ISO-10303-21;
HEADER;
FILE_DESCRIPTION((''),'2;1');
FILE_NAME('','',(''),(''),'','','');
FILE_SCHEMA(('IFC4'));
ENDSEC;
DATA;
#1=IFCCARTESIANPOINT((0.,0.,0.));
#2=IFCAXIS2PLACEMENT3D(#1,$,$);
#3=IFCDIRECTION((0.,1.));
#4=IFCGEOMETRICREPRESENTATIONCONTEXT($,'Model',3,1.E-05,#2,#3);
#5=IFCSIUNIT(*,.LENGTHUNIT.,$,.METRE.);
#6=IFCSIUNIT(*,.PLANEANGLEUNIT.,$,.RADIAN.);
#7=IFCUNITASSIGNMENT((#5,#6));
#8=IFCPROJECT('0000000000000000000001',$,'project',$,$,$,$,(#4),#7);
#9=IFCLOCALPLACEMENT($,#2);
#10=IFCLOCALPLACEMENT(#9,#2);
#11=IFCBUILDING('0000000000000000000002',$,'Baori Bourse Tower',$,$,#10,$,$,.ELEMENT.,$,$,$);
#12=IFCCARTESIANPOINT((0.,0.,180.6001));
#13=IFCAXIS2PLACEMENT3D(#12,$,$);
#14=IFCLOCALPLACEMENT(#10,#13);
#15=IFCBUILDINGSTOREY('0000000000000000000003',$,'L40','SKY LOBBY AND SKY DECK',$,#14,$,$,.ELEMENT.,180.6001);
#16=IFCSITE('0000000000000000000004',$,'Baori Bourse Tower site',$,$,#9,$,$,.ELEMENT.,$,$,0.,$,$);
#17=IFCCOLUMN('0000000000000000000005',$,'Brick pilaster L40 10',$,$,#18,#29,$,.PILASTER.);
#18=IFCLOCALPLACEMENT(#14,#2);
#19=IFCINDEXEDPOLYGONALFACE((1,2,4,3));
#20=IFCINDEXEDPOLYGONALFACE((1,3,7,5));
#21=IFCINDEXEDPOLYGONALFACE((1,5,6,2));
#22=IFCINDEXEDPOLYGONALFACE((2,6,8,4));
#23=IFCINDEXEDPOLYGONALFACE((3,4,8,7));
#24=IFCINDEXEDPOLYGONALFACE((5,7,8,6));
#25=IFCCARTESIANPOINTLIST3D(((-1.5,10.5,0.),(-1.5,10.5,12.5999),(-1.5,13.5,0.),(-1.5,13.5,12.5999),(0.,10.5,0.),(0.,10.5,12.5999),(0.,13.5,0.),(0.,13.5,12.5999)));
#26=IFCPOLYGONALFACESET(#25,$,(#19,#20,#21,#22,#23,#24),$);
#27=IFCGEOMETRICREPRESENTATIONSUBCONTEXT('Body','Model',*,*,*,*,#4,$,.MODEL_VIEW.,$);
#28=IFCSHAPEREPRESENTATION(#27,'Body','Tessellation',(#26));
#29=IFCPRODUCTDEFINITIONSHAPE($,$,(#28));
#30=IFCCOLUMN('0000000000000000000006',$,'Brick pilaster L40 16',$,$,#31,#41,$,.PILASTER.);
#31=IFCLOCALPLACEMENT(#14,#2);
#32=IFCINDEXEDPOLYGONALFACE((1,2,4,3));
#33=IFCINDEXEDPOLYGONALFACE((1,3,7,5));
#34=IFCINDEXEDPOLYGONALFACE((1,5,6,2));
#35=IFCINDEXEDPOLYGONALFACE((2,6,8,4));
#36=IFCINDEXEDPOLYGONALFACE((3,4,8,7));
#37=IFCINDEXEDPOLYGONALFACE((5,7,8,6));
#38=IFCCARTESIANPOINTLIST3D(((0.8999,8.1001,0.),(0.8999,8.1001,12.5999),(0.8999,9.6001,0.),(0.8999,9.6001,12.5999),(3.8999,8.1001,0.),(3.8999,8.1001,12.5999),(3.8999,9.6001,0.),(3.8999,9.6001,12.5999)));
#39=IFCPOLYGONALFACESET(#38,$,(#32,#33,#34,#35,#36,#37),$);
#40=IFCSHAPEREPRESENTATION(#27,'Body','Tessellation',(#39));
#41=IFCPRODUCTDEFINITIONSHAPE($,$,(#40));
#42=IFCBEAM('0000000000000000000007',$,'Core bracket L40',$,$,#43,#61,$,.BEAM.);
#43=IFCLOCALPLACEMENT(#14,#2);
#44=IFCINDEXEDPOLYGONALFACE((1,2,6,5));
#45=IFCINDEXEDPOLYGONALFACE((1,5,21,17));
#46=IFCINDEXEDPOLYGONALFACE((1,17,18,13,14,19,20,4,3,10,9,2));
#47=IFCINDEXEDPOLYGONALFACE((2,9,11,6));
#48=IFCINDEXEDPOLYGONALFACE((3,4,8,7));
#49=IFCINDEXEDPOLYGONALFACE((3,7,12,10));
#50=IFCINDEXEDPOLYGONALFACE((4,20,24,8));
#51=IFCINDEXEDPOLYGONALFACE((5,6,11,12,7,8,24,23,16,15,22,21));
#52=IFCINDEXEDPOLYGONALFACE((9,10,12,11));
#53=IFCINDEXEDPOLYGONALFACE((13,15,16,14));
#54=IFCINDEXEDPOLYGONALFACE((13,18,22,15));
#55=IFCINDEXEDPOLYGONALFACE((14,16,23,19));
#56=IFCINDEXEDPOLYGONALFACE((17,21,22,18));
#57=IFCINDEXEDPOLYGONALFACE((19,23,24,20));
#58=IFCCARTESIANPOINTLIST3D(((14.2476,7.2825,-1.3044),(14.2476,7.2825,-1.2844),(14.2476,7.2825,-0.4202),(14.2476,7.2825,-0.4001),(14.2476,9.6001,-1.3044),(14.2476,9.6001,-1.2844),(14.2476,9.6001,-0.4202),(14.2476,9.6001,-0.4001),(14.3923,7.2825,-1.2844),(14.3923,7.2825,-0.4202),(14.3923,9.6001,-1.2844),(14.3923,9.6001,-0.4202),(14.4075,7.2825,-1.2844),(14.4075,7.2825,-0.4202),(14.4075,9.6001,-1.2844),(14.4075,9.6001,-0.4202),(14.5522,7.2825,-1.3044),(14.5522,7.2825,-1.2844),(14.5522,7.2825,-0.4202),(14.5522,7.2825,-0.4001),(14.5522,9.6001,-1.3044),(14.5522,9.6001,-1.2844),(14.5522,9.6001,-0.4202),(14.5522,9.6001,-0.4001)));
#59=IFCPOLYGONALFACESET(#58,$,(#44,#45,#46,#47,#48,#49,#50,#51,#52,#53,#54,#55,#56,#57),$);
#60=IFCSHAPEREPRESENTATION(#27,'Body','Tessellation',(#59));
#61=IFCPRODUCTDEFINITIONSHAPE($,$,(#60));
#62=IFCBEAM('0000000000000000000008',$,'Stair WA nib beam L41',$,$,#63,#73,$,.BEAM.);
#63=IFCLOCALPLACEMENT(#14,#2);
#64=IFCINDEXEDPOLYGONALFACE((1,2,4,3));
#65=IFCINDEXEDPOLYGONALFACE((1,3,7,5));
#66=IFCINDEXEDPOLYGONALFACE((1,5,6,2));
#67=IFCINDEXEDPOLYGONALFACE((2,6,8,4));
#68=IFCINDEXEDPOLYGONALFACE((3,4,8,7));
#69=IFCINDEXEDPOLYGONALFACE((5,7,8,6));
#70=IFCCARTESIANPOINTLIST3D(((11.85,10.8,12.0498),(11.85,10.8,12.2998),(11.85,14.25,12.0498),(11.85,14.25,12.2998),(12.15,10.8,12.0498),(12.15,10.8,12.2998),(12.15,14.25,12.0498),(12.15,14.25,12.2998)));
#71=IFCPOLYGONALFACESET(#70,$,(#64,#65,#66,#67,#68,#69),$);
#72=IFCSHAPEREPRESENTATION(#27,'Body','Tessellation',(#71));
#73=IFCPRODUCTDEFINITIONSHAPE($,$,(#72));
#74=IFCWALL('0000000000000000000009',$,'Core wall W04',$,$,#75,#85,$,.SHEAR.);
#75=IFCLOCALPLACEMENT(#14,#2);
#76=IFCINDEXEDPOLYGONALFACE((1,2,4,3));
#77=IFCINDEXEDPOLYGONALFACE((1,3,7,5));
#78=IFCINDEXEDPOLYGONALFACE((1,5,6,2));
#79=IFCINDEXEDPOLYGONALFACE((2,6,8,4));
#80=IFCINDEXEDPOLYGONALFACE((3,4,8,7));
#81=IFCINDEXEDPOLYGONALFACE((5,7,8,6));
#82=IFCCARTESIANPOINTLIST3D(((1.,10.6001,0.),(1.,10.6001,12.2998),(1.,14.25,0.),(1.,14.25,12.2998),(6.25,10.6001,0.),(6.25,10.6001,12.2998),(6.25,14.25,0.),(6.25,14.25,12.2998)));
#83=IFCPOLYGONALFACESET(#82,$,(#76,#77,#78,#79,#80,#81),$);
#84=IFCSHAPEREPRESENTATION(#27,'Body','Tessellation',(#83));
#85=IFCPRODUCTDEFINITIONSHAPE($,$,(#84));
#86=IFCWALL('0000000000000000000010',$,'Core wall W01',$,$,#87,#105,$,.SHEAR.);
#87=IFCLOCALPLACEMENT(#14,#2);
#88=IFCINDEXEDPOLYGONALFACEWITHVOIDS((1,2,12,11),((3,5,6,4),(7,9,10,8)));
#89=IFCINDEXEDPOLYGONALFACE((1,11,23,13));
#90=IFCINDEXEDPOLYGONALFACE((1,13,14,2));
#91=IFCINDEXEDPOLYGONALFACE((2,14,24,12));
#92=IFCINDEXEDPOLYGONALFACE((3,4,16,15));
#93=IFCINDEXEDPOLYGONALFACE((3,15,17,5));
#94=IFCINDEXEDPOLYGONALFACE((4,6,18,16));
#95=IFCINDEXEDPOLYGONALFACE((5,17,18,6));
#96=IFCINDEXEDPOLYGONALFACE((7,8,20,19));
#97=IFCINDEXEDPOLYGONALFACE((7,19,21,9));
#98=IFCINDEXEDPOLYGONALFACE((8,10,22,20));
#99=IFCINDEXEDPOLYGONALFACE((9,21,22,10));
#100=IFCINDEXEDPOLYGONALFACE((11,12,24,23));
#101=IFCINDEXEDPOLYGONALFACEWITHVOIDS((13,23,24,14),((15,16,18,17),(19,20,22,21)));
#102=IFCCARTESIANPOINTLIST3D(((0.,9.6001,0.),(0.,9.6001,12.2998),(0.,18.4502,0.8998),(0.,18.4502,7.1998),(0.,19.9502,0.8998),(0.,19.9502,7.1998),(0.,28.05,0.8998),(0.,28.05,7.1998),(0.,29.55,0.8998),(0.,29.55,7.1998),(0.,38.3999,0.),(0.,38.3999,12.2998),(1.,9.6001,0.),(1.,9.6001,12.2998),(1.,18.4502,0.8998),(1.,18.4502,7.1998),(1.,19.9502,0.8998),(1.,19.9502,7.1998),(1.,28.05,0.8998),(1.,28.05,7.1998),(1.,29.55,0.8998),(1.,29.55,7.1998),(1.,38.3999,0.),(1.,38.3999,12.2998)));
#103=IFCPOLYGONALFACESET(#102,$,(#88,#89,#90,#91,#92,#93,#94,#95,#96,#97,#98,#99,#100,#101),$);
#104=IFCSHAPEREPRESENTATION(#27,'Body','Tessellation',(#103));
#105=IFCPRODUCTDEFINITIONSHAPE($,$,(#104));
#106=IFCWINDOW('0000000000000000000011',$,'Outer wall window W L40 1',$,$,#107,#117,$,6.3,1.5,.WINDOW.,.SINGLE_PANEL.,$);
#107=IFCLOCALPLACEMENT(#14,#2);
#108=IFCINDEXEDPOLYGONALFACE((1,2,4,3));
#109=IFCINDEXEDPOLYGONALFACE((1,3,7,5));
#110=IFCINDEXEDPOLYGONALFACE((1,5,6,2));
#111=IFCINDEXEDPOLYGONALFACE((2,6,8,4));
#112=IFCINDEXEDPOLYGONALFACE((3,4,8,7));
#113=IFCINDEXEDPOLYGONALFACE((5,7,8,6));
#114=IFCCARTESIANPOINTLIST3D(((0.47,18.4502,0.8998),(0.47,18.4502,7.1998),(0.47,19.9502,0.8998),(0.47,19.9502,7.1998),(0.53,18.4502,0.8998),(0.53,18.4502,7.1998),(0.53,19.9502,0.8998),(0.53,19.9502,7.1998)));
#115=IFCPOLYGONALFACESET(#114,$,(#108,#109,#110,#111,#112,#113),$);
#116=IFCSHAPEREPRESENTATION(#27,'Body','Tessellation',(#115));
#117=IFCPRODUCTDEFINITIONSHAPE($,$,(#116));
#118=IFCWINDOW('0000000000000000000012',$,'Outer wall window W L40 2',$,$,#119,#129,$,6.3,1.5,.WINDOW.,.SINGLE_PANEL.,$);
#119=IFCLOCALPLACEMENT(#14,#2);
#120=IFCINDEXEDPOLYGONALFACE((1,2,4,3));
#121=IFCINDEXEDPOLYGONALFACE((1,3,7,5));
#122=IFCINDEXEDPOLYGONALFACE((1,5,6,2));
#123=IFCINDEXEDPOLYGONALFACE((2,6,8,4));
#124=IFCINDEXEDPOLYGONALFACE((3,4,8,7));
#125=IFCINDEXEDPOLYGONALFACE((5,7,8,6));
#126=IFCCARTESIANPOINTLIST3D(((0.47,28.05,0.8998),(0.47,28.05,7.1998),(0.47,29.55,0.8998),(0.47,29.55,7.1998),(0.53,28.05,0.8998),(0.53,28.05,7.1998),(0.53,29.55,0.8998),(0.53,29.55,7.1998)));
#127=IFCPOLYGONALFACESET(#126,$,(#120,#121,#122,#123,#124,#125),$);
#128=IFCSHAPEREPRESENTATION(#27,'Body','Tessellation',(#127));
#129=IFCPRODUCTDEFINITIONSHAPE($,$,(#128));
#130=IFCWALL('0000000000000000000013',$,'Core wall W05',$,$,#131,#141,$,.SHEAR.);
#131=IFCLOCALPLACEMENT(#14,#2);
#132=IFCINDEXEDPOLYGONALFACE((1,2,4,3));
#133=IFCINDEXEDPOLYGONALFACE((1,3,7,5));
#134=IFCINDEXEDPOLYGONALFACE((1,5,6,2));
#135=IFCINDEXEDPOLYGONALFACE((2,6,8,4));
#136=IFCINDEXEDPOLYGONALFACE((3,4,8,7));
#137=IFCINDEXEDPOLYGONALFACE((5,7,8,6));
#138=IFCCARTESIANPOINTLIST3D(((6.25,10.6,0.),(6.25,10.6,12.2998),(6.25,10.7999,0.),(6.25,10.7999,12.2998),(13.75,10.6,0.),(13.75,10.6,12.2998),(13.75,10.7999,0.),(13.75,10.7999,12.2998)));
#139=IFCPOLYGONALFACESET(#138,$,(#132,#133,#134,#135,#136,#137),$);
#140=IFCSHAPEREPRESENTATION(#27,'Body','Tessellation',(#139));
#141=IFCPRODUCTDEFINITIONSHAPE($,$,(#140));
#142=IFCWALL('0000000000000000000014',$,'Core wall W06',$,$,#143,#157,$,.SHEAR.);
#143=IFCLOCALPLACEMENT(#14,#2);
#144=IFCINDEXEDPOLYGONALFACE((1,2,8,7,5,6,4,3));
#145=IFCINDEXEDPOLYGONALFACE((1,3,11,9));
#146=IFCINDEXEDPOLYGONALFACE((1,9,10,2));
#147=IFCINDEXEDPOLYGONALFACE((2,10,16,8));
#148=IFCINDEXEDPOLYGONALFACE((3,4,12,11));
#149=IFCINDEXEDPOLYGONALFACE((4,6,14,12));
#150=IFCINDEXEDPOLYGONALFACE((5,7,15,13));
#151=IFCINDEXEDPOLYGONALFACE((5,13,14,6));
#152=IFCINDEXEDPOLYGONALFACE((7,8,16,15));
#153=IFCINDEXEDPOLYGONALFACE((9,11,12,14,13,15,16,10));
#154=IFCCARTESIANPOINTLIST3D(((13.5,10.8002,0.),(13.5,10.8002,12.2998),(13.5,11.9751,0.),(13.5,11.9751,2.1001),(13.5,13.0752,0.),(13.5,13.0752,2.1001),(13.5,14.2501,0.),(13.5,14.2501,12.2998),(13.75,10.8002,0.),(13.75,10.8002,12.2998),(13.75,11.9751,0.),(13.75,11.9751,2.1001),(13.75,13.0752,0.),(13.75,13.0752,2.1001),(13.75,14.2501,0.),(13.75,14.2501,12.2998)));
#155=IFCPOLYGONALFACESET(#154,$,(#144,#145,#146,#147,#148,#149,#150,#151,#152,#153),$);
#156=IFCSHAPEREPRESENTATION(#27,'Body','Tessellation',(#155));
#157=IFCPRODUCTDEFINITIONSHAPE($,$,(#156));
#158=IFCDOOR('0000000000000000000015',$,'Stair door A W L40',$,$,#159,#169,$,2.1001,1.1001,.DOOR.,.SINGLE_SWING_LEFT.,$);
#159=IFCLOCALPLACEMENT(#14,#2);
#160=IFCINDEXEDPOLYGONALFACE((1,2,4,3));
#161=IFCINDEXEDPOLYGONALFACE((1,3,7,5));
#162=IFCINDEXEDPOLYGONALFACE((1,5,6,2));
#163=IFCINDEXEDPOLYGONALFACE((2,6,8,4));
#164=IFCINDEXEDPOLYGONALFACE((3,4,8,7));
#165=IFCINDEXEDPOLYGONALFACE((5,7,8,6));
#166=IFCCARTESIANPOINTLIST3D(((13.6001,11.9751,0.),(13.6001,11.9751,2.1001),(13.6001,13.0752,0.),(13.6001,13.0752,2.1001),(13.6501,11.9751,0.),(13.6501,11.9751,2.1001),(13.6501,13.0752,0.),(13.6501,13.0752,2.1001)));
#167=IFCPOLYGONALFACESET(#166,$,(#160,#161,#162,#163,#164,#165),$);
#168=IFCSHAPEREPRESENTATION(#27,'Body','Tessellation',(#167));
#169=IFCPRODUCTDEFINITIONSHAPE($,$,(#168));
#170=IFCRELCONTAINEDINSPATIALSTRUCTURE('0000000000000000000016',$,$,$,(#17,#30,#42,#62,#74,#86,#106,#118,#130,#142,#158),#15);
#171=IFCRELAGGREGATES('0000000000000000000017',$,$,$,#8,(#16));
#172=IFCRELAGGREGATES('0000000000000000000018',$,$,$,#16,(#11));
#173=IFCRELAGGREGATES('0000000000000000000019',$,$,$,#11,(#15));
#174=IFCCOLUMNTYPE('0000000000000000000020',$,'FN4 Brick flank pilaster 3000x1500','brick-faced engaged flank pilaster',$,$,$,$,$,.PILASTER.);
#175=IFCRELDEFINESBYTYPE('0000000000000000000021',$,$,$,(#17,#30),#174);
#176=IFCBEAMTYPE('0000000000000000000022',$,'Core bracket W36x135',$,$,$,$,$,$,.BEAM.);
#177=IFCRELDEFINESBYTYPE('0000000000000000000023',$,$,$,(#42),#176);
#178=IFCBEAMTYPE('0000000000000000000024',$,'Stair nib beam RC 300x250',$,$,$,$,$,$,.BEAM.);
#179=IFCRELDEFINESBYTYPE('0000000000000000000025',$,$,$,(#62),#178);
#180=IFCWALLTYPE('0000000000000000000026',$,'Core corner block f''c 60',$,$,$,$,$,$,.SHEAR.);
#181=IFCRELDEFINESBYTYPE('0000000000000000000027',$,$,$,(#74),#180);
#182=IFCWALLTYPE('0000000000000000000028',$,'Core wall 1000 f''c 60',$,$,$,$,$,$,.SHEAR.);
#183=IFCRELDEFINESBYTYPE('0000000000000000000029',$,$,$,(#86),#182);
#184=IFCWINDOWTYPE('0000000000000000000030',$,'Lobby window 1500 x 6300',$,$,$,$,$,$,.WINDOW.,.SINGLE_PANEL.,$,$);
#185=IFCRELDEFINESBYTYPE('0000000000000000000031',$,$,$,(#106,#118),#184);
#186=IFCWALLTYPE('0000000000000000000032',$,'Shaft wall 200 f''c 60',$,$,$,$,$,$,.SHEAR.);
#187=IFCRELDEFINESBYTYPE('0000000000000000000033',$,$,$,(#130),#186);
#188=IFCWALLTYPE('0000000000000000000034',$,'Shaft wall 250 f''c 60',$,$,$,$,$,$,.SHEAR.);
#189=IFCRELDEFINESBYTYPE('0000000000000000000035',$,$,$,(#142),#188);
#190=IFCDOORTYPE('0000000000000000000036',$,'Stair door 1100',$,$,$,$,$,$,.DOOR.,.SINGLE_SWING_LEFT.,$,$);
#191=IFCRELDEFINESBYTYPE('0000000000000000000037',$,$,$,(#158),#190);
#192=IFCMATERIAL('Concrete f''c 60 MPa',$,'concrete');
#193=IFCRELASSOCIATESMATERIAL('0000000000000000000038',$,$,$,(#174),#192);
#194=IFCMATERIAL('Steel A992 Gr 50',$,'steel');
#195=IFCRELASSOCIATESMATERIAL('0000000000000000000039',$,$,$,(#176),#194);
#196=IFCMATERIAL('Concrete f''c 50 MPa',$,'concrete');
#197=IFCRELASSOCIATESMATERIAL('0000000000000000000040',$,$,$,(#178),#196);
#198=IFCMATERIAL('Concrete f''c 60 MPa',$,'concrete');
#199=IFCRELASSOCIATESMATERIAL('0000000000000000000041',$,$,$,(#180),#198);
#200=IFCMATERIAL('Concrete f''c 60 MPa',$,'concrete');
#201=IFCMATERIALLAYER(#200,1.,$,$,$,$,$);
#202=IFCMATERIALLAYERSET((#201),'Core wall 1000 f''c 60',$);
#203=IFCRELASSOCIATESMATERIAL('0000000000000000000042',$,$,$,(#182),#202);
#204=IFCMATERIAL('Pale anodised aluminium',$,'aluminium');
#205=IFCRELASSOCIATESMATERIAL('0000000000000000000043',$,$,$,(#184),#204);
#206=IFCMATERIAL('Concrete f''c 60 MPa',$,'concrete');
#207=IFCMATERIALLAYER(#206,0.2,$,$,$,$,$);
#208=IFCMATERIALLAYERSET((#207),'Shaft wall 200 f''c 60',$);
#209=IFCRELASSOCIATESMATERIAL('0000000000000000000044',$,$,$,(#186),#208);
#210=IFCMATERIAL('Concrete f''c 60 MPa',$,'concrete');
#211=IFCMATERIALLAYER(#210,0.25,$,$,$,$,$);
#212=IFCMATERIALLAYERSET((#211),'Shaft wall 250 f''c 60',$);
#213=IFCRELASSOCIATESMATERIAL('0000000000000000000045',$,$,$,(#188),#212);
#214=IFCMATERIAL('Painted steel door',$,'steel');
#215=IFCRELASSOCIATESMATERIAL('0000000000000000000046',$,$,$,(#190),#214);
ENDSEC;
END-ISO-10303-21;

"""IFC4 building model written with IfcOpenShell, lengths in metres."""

from ifc_helpers import new_model, si_unit, direction, frame, frame_2d, origin, origin_2d, place, context, subcontext, project, spatial, rectangle, i_section, extrude, material, layer, layer_set, material_profile, profile_set, type_object, element, fill, save


model = new_model("IFC4")

# Units and contexts
model_context = context("Model", 3, precision=1e-05, world=origin(), true_north=direction((0.0, 1.0)))
body_context = subcontext(model_context, "Body", "Model", "MODEL_VIEW")
ifc_project = project(units=[si_unit("LENGTHUNIT", "METRE"), si_unit("PLANEANGLEUNIT", "RADIAN")], contexts=[model_context])

# Site, building, storey
site_placement = place(None, origin())
site = spatial("IfcSite", under=ifc_project, at=site_placement, Name="Baori Bourse Tower site", CompositionType="ELEMENT", RefElevation=0.0)
building_placement = place(site_placement, origin())
building = spatial("IfcBuilding", under=site, at=building_placement, Name="Baori Bourse Tower", CompositionType="ELEMENT")
storey_placement = place(building_placement, frame((0.0, 0.0, 180.6001)))
storey = spatial("IfcBuildingStorey", under=building, at=storey_placement, Name="L40", Description="SKY LOBBY AND SKY DECK", CompositionType="ELEMENT", Elevation=180.6001)

# Columns
ifc_material_1 = material(Name="Concrete f'c 60 MPa", Category="concrete")
ifc_material_profile_1 = material_profile(ifc_material_1, rectangle(XDim=3.0, YDim=1.5, at=origin_2d()), Name="RC 3000x1500")
ifc_profile_set_1 = profile_set([ifc_material_profile_1], Name="Concrete f'c 60 MPa")
column_type = type_object("IfcColumnType", Name="FN4 Brick flank pilaster 3000x1500", Description="brick-faced engaged flank pilaster", PredefinedType="PILASTER", material=ifc_profile_set_1)
for number, where, z_axis, x_axis, name in (
    (1, (-0.75, 12.0, 0.0), (0.0, 0.0, 1.0), (0.0, 1.0, 0.0), "Brick pilaster L40 10"),
    (2, (2.3999, 8.8501, 0.0), (0.0, 0.0, 1.0), (1.0, 0.0, 0.0), "Brick pilaster L40 16"),
):
    element("IfcColumn", number, at=place(storey_placement, frame(where, z_axis=z_axis, x_axis=x_axis)), inside=storey, type_object=column_type, Name=name, PredefinedType="PILASTER", context=body_context, shape_type="SweptSolid", body=[
        extrude(rectangle(XDim=3.0, YDim=1.5, at=origin_2d()), origin(), (0.0, 0.0, 1.0), 12.5999),
    ])

# Beams
ifc_material_2 = material(Name="Steel A992 Gr 50", Category="steel")
ifc_material_profile_2 = material_profile(ifc_material_2, i_section(OverallWidth=0.3047, OverallDepth=0.9043, WebThickness=0.0151, FlangeThickness=0.02, at=origin_2d()), Name="W36x135")
ifc_profile_set_2 = profile_set([ifc_material_profile_2], Name="Steel A992 Gr 50")
beam_type_1 = type_object("IfcBeamType", Name="Core bracket W36x135", PredefinedType="BEAM", material=ifc_profile_set_2)
beam_1_placement = place(storey_placement, frame((14.3999, 7.2825, -0.8523), z_axis=(0.0, 1.0, 0.0), x_axis=(-1.0, 0.0, 0.0)))
element("IfcBeam", 3, at=beam_1_placement, inside=storey, type_object=beam_type_1, Name="Core bracket L40", PredefinedType="BEAM", context=body_context, shape_type="SweptSolid", body=[
    extrude(i_section(OverallWidth=0.3047, OverallDepth=0.9043, WebThickness=0.0151, FlangeThickness=0.02, at=origin_2d()), origin(), (0.0, 0.0, 1.0), 2.3176),
])
ifc_material_3 = material(Name="Concrete f'c 50 MPa", Category="concrete")
ifc_material_profile_3 = material_profile(ifc_material_3, rectangle(XDim=0.3, YDim=0.25, at=origin_2d()), Name="RC 300x250")
ifc_profile_set_3 = profile_set([ifc_material_profile_3], Name="Concrete f'c 50 MPa")
beam_type_2 = type_object("IfcBeamType", Name="Stair nib beam RC 300x250", PredefinedType="BEAM", material=ifc_profile_set_3)
beam_2_placement = place(storey_placement, frame((12.0, 10.8, 12.1748), z_axis=(0.0, 1.0, 0.0), x_axis=(-1.0, 0.0, 0.0)))
element("IfcBeam", 4, at=beam_2_placement, inside=storey, type_object=beam_type_2, Name="Stair WA nib beam L41", PredefinedType="BEAM", context=body_context, shape_type="SweptSolid", body=[
    extrude(rectangle(XDim=0.3, YDim=0.25, at=origin_2d()), origin(), (0.0, 0.0, 1.0), 3.45),
])

# Wall
ifc_material_4 = material(Name="Concrete f'c 60 MPa", Category="concrete")
wall_type_1 = type_object("IfcWallType", Name="Core corner block f'c 60", PredefinedType="SHEAR", material=ifc_material_4)
wall_1_placement = place(storey_placement, frame((1.0, 12.425, 0.0), z_axis=(0.0, 0.0, 1.0), x_axis=(1.0, 0.0, 0.0)))
element("IfcWall", 5, at=wall_1_placement, inside=storey, type_object=wall_type_1, Name="Core wall W04", PredefinedType="SHEAR", context=body_context, shape_type="SweptSolid", body=[
    extrude(rectangle(XDim=5.25, YDim=3.6499, at=frame_2d((2.625, 0.0))), origin(), (0.0, 0.0, 1.0), 12.2998),
])

# Wall, openings, windows
ifc_material_5 = material(Name="Concrete f'c 60 MPa", Category="concrete")
ifc_layer_1 = layer(ifc_material_5, 1.0)
ifc_layer_set_1 = layer_set([ifc_layer_1], Name="Core wall 1000 f'c 60")
wall_type_2 = type_object("IfcWallType", Name="Core wall 1000 f'c 60", PredefinedType="SHEAR", material=ifc_layer_set_1)
wall_2_placement = place(storey_placement, frame((0.5, 9.6001, 0.0), z_axis=(0.0, 0.0, 1.0), x_axis=(0.0, 1.0, 0.0)))
wall_2 = element("IfcWall", 6, at=wall_2_placement, inside=storey, type_object=wall_type_2, Name="Core wall W01", PredefinedType="SHEAR", context=body_context, shape_type="SweptSolid", body=[
    extrude(rectangle(XDim=28.7998, YDim=1.0, at=frame_2d((14.3999, 0.0))), origin(), (0.0, 0.0, 1.0), 12.2998),
])
opening_1_placement = place(wall_2_placement, frame((8.8501, 0.0, 0.8999)))
opening_1 = element("IfcOpeningElement", 7, at=opening_1_placement, cuts=wall_2, PredefinedType="OPENING", context=body_context, shape_type="SweptSolid", body=[
    extrude(rectangle(XDim=1.5, YDim=6.3, at=frame_2d((0.75, 3.1499))), frame((0.0, 0.51, 0.0), z_axis=(0.0, -1.0, 0.0), x_axis=(1.0, 0.0, 0.0)), (0.0, 0.0, 1.0), 1.02),
])
opening_2_placement = place(wall_2_placement, frame((18.45, 0.0, 0.8999)))
opening_2 = element("IfcOpeningElement", 8, at=opening_2_placement, cuts=wall_2, PredefinedType="OPENING", context=body_context, shape_type="SweptSolid", body=[
    extrude(rectangle(XDim=1.5, YDim=6.3, at=frame_2d((0.75, 3.1499))), frame((0.0, 0.51, 0.0), z_axis=(0.0, -1.0, 0.0), x_axis=(1.0, 0.0, 0.0)), (0.0, 0.0, 1.0), 1.02),
])
ifc_material_6 = material(Name="Pale anodised aluminium", Category="aluminium")
window_type = type_object("IfcWindowType", Name="Lobby window 1500 x 6300", PartitioningType="SINGLE_PANEL", PredefinedType="WINDOW", material=ifc_material_6)
window_1_placement = place(opening_1_placement, origin())
window_1 = element("IfcWindow", 9, at=window_1_placement, inside=storey, type_object=window_type, Name="Outer wall window W L40 1", OverallHeight=6.3, OverallWidth=1.5, PartitioningType="SINGLE_PANEL", PredefinedType="WINDOW", context=body_context, shape_type="SweptSolid", body=[
    extrude(rectangle(XDim=1.5, YDim=6.3, at=frame_2d((0.75, 3.1499))), frame((0.0, 0.03, 0.0), z_axis=(0.0, -1.0, 0.0), x_axis=(1.0, 0.0, 0.0)), (0.0, 0.0, 1.0), 0.0601),
])
fill(opening_1, window_1)
window_2_placement = place(opening_2_placement, origin())
window_2 = element("IfcWindow", 10, at=window_2_placement, inside=storey, type_object=window_type, Name="Outer wall window W L40 2", OverallHeight=6.3, OverallWidth=1.5, PartitioningType="SINGLE_PANEL", PredefinedType="WINDOW", context=body_context, shape_type="SweptSolid", body=[
    extrude(rectangle(XDim=1.5, YDim=6.3, at=frame_2d((0.75, 3.1499))), frame((0.0, 0.03, 0.0), z_axis=(0.0, -1.0, 0.0), x_axis=(1.0, 0.0, 0.0)), (0.0, 0.0, 1.0), 0.0601),
])
fill(opening_2, window_2)

# Wall
ifc_material_7 = material(Name="Concrete f'c 60 MPa", Category="concrete")
ifc_layer_2 = layer(ifc_material_7, 0.2)
ifc_layer_set_2 = layer_set([ifc_layer_2], Name="Shaft wall 200 f'c 60")
wall_type_3 = type_object("IfcWallType", Name="Shaft wall 200 f'c 60", PredefinedType="SHEAR", material=ifc_layer_set_2)
wall_3_placement = place(storey_placement, frame((6.25, 10.7, 0.0), z_axis=(0.0, 0.0, 1.0), x_axis=(1.0, 0.0, 0.0)))
element("IfcWall", 11, at=wall_3_placement, inside=storey, type_object=wall_type_3, Name="Core wall W05", PredefinedType="SHEAR", context=body_context, shape_type="SweptSolid", body=[
    extrude(rectangle(XDim=7.5, YDim=0.2, at=frame_2d((3.75, 0.0))), origin(), (0.0, 0.0, 1.0), 12.2998),
])

# Wall, opening, door
ifc_material_8 = material(Name="Concrete f'c 60 MPa", Category="concrete")
ifc_layer_3 = layer(ifc_material_8, 0.25)
ifc_layer_set_3 = layer_set([ifc_layer_3], Name="Shaft wall 250 f'c 60")
wall_type_4 = type_object("IfcWallType", Name="Shaft wall 250 f'c 60", PredefinedType="SHEAR", material=ifc_layer_set_3)
wall_4_placement = place(storey_placement, frame((13.625, 10.8, 0.0), z_axis=(0.0, 0.0, 1.0), x_axis=(0.0, 1.0, 0.0)))
wall_4 = element("IfcWall", 12, at=wall_4_placement, inside=storey, type_object=wall_type_4, Name="Core wall W06", PredefinedType="SHEAR", context=body_context, shape_type="SweptSolid", body=[
    extrude(rectangle(XDim=3.45, YDim=0.25, at=frame_2d((1.7251, 0.0))), origin(), (0.0, 0.0, 1.0), 12.2998),
])
opening_3_placement = place(wall_4_placement, frame((1.175, 0.0, 0.0)))
opening_3 = element("IfcOpeningElement", 13, at=opening_3_placement, cuts=wall_4, PredefinedType="OPENING", context=body_context, shape_type="SweptSolid", body=[
    extrude(rectangle(XDim=1.1001, YDim=2.1001, at=frame_2d((0.55, 1.05))), frame((0.0, 0.135, 0.0), z_axis=(0.0, -1.0, 0.0), x_axis=(1.0, 0.0, 0.0)), (0.0, 0.0, 1.0), 0.27),
])
ifc_material_9 = material(Name="Painted steel door", Category="steel")
door_type = type_object("IfcDoorType", Name="Stair door 1100", OperationType="SINGLE_SWING_LEFT", PredefinedType="DOOR", material=ifc_material_9)
door_placement = place(opening_3_placement, origin())
door = element("IfcDoor", 14, at=door_placement, inside=storey, type_object=door_type, Name="Stair door A W L40", OperationType="SINGLE_SWING_LEFT", OverallHeight=2.1001, OverallWidth=1.1001, PredefinedType="DOOR", context=body_context, shape_type="SweptSolid", body=[
    extrude(rectangle(XDim=1.1001, YDim=2.1001, at=frame_2d((0.55, 1.05))), frame((0.0, 0.0249, 0.0), z_axis=(0.0, -1.0, 0.0), x_axis=(1.0, 0.0, 0.0)), (0.0, 0.0, 1.0), 0.05),
])
fill(opening_3, door)

save(model, "model.ifc")
